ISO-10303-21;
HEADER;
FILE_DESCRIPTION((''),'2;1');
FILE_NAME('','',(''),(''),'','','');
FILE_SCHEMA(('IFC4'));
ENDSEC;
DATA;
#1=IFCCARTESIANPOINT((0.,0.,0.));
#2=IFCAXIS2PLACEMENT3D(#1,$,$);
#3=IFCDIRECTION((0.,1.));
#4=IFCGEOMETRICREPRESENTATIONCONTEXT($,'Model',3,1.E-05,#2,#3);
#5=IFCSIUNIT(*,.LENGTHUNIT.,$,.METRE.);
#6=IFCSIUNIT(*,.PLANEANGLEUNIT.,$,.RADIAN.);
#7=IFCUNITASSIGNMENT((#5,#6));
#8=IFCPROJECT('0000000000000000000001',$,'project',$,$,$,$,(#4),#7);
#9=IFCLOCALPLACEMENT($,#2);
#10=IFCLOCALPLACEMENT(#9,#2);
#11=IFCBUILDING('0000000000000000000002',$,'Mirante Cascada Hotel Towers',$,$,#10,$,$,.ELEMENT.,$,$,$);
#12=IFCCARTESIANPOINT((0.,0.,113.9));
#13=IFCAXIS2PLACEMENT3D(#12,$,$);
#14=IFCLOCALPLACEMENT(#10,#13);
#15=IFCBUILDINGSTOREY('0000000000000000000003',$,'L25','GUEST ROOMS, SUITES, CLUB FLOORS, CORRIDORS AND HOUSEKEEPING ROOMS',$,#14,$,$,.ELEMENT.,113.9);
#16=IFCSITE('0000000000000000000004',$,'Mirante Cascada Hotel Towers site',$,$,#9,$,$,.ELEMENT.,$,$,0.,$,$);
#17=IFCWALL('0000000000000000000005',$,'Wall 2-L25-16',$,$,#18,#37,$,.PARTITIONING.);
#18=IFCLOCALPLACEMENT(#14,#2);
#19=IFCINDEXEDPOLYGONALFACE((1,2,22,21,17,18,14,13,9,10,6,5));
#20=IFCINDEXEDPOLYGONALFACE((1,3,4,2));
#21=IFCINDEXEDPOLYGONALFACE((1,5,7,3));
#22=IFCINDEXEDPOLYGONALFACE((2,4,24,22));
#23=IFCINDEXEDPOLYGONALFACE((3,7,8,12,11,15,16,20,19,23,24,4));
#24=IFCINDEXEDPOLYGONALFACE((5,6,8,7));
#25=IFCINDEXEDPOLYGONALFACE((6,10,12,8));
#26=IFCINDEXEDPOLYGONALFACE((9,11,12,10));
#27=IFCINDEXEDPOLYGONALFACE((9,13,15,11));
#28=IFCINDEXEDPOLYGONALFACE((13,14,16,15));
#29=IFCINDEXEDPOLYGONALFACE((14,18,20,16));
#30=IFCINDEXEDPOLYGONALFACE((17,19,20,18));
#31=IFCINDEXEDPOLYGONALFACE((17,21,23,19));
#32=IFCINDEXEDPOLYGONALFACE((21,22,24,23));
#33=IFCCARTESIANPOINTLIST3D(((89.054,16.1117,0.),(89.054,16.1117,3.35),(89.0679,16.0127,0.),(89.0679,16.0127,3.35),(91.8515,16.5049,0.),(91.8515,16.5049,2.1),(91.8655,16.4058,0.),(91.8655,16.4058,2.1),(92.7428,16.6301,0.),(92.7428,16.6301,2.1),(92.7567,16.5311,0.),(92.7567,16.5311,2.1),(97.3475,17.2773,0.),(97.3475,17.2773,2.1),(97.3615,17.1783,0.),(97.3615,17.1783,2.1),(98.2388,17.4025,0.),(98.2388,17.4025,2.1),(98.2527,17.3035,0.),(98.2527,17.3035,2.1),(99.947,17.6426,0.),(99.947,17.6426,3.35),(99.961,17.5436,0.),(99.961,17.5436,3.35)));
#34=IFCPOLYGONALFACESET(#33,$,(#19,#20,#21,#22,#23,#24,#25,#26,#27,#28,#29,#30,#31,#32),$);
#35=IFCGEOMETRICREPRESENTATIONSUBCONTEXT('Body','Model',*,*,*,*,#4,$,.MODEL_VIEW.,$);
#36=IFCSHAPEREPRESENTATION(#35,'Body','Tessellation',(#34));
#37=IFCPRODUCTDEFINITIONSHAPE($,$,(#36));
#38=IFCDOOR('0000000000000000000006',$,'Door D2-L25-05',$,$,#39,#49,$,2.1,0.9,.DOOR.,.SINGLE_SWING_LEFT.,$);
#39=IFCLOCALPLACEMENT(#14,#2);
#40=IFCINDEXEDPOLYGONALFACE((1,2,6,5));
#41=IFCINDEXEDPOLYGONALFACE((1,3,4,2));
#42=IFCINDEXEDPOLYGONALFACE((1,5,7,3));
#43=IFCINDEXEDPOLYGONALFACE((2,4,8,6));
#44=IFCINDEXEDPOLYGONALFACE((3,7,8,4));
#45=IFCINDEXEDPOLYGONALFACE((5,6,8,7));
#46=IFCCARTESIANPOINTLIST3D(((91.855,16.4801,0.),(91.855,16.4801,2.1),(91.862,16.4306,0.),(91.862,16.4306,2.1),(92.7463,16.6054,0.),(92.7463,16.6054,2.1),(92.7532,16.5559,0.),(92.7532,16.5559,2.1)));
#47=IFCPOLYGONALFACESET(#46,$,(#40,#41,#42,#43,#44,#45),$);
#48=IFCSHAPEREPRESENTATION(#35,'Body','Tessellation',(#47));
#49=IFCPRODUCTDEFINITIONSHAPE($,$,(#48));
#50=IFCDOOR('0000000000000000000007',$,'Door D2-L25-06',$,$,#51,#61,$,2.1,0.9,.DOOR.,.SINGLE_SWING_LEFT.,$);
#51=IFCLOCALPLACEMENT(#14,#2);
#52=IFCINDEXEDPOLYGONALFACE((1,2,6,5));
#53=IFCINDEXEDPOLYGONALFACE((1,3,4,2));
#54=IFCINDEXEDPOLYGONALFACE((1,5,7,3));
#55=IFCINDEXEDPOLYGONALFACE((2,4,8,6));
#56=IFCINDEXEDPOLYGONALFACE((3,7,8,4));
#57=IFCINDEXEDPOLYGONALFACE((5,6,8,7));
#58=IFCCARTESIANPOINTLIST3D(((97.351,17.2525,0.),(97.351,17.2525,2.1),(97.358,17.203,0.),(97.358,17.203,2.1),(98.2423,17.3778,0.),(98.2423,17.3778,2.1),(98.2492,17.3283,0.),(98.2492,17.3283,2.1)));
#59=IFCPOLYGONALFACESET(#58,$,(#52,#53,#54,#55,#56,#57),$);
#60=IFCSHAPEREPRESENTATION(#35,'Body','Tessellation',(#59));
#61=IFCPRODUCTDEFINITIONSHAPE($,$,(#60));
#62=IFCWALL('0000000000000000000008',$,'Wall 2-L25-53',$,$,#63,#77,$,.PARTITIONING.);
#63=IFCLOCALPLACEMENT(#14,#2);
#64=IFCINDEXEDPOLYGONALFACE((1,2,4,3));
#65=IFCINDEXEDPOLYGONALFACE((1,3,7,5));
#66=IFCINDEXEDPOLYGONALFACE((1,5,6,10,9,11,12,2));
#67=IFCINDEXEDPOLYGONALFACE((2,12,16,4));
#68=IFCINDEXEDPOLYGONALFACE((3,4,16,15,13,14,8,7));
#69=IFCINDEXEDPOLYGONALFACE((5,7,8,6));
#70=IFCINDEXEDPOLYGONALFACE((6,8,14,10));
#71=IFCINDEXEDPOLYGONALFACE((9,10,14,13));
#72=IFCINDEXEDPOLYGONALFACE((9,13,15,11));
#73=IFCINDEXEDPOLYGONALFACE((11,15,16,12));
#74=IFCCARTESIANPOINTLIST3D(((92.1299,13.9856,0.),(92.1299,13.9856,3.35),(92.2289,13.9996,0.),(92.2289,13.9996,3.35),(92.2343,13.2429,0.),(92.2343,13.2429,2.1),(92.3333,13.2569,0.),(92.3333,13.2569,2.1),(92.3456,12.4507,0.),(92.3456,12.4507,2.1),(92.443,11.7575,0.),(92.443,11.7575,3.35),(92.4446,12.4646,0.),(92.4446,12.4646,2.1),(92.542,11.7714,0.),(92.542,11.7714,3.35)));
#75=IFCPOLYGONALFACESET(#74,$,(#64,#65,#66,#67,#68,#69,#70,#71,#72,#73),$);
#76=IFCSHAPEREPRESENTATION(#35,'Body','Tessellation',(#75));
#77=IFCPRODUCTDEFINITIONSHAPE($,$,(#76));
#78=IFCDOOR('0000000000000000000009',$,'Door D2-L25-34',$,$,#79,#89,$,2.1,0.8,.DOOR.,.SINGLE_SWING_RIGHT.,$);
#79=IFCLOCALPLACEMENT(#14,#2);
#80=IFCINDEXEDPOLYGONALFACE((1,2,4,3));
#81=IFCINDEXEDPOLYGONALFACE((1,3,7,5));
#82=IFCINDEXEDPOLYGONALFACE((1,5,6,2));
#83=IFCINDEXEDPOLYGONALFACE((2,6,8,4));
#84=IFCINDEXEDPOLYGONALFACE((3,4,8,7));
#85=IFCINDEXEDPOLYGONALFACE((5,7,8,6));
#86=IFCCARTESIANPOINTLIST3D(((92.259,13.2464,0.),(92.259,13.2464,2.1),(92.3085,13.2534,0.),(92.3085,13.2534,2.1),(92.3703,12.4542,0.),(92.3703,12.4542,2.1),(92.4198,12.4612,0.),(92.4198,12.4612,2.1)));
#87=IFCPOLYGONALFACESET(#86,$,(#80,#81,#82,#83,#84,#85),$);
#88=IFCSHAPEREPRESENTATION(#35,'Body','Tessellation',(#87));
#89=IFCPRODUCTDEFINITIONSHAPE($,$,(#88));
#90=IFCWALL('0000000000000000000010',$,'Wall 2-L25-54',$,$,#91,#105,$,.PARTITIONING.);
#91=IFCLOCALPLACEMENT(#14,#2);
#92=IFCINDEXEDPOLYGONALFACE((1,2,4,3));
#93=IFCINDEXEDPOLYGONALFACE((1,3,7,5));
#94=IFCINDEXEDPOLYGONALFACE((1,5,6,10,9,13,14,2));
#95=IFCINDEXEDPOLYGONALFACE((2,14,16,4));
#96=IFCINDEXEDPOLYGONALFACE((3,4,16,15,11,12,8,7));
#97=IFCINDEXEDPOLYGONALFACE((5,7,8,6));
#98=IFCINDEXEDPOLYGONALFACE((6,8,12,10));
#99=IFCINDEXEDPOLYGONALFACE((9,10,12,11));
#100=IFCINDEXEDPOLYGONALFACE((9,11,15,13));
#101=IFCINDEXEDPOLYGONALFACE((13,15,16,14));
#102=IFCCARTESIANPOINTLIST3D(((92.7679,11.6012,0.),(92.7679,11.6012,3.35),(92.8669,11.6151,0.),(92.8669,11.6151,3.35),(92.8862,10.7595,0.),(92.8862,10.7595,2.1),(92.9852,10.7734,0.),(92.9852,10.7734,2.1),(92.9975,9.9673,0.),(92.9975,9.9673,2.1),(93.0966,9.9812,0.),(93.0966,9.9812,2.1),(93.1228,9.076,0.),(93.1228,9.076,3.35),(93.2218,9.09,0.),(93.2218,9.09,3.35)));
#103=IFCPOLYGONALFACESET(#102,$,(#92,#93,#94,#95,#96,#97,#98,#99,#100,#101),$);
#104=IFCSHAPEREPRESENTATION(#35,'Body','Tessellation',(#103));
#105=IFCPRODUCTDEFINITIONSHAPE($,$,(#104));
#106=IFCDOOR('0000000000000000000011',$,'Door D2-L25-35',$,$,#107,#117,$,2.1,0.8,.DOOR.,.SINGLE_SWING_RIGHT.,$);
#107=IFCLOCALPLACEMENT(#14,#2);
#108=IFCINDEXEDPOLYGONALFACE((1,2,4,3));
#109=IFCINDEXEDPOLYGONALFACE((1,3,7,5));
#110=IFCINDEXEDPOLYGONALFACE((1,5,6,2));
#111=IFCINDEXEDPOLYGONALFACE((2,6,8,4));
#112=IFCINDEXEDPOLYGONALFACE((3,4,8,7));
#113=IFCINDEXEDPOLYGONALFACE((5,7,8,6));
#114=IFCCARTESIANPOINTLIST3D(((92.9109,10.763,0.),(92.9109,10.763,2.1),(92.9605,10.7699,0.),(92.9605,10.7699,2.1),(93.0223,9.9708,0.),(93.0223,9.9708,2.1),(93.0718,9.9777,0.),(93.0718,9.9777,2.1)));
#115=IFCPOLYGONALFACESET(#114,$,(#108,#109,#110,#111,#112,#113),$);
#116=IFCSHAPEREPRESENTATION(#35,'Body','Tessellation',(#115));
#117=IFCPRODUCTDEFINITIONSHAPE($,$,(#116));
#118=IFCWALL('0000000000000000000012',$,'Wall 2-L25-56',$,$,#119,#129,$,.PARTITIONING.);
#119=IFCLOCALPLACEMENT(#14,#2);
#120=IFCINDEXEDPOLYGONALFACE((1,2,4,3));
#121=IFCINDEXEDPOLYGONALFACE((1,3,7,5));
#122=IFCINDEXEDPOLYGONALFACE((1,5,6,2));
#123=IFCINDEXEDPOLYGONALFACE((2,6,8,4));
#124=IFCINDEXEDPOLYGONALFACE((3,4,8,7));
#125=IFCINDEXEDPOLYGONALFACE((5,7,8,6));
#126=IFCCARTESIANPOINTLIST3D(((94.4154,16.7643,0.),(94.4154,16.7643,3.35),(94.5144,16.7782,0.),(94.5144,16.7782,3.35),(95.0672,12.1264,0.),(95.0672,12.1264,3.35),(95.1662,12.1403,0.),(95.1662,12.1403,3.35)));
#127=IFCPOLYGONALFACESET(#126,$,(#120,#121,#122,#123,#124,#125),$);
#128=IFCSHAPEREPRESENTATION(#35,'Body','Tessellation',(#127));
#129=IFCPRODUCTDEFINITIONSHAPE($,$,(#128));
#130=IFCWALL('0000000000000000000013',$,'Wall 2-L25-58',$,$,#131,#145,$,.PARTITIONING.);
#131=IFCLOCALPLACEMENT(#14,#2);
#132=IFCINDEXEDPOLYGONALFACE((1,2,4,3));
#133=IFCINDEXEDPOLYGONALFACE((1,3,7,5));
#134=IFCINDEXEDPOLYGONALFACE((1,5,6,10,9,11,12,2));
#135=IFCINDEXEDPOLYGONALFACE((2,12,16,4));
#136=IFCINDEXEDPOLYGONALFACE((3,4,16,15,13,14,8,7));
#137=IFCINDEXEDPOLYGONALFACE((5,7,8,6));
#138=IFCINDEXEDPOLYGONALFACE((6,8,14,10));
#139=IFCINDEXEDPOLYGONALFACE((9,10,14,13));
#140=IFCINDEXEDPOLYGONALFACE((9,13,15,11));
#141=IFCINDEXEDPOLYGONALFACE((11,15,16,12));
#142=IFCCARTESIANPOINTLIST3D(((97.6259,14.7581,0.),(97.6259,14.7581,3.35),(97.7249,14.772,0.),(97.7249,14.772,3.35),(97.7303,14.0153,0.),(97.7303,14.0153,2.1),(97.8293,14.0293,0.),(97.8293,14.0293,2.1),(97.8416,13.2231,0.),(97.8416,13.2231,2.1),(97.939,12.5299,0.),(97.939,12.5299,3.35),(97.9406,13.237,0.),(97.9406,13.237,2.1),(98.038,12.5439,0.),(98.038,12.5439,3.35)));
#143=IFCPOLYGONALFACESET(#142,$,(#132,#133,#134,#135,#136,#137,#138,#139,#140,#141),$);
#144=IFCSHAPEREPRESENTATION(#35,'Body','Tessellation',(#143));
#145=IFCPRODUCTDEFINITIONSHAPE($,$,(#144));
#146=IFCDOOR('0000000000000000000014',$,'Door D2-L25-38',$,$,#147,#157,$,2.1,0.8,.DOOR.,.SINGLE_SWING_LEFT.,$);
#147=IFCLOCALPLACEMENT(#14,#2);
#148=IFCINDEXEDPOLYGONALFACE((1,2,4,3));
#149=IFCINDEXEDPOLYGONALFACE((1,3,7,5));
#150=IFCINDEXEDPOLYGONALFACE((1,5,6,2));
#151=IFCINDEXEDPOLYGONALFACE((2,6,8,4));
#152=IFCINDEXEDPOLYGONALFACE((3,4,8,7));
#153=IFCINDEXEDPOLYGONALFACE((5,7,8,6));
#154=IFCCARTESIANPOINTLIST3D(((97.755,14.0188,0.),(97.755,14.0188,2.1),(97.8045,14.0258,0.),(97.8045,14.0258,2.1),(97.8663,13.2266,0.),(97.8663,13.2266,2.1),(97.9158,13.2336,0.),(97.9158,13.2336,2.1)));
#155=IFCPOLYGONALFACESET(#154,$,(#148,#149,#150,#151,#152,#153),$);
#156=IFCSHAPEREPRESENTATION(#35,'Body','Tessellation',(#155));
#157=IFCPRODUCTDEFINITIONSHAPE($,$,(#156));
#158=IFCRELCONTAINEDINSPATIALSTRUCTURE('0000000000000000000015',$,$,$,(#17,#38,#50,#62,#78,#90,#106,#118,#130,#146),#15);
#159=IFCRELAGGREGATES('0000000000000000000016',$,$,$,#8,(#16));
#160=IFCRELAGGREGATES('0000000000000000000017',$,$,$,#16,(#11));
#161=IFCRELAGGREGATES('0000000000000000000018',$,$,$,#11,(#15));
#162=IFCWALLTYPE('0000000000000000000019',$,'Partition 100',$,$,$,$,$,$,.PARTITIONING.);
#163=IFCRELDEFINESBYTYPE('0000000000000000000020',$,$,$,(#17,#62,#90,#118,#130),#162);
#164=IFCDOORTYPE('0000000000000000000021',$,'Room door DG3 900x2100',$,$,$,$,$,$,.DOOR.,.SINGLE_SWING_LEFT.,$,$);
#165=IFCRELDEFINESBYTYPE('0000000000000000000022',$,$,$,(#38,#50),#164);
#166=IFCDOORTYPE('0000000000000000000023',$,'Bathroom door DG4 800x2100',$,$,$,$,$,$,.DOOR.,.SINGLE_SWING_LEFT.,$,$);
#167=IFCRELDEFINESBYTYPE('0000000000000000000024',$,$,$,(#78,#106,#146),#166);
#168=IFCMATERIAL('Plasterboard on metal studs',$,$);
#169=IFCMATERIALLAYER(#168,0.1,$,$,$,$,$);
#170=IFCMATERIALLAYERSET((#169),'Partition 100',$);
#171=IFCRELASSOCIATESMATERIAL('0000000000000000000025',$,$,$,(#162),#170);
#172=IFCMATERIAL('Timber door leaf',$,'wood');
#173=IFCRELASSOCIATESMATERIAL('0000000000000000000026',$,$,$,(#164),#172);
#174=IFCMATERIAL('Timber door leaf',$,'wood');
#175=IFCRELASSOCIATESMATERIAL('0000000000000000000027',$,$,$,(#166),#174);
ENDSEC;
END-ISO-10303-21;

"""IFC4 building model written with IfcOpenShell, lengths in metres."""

from ifc_helpers import new_model, si_unit, direction, frame, frame_2d, origin, place, context, subcontext, project, spatial, rectangle, extrude, material, layer, layer_set, type_object, element, fill, save


model = new_model("IFC4")

# Units and contexts
model_context = context("Model", 3, precision=1e-05, world=origin(), true_north=direction((0.0, 1.0)))
body_context = subcontext(model_context, "Body", "Model", "MODEL_VIEW")
ifc_project = project(units=[si_unit("LENGTHUNIT", "METRE"), si_unit("PLANEANGLEUNIT", "RADIAN")], contexts=[model_context])

# Site, building, storey
site_placement = place(None, origin())
site = spatial("IfcSite", under=ifc_project, at=site_placement, Name="Mirante Cascada Hotel Towers site", CompositionType="ELEMENT", RefElevation=0.0)
building_placement = place(site_placement, origin())
building = spatial("IfcBuilding", under=site, at=building_placement, Name="Mirante Cascada Hotel Towers", CompositionType="ELEMENT")
storey_placement = place(building_placement, frame((0.0, 0.0, 113.9)))
storey = spatial("IfcBuildingStorey", under=building, at=storey_placement, Name="L25", Description="GUEST ROOMS, SUITES, CLUB FLOORS, CORRIDORS AND HOUSEKEEPING ROOMS", CompositionType="ELEMENT", Elevation=113.9)

# Shared definitions
ifc_material_1 = material(Name="Plasterboard on metal studs")
ifc_layer_1 = layer(ifc_material_1, 0.1)
ifc_layer_set_1 = layer_set([ifc_layer_1], Name="Partition 100")
wall_type_1 = type_object("IfcWallType", Name="Partition 100", PredefinedType="PARTITIONING", material=ifc_layer_set_1)

# Wall, openings, doors
wall_1_placement = place(storey_placement, frame((89.061, 16.0622, 0.0), z_axis=(0.0, 0.0, 1.0), x_axis=(0.990268, 0.139172, 0.0)))
wall_1 = element("IfcWall", 1, at=wall_1_placement, inside=storey, type_object=wall_type_1, Name="Wall 2-L25-16", PredefinedType="PARTITIONING", context=body_context, shape_type="SweptSolid", body=[
    extrude(rectangle(XDim=11.0001, YDim=0.1, at=frame_2d((5.5, 0.0))), origin(), (0.0, 0.0, 1.0), 3.35),
])
opening_1_placement = place(wall_1_placement, frame((2.825, 0.0, 0.0)))
opening_1 = element("IfcOpeningElement", 2, at=opening_1_placement, cuts=wall_1, PredefinedType="OPENING", context=body_context, shape_type="SweptSolid", body=[
    extrude(rectangle(XDim=0.9, YDim=2.1, at=frame_2d((0.45, 1.05))), frame((0.0, 0.05, 0.0), z_axis=(0.0, -1.0, 0.0), x_axis=(1.0, 0.0, 0.0)), (0.0, 0.0, 1.0), 0.1),
])
opening_2_placement = place(wall_1_placement, frame((8.375, 0.0, 0.0)))
opening_2 = element("IfcOpeningElement", 3, at=opening_2_placement, cuts=wall_1, PredefinedType="OPENING", context=body_context, shape_type="SweptSolid", body=[
    extrude(rectangle(XDim=0.9, YDim=2.1, at=frame_2d((0.45, 1.05))), frame((0.0, 0.05, 0.0), z_axis=(0.0, -1.0, 0.0), x_axis=(1.0, 0.0, 0.0)), (0.0, 0.0, 1.0), 0.1),
])
ifc_material_2 = material(Name="Timber door leaf", Category="wood")
door_type_1 = type_object("IfcDoorType", Name="Room door DG3 900x2100", OperationType="SINGLE_SWING_LEFT", PredefinedType="DOOR", material=ifc_material_2)
door_1_placement = place(opening_1_placement, origin())
door_1 = element("IfcDoor", 4, at=door_1_placement, inside=storey, type_object=door_type_1, Name="Door D2-L25-05", OperationType="SINGLE_SWING_LEFT", OverallHeight=2.1, OverallWidth=0.9, PredefinedType="DOOR", context=body_context, shape_type="SweptSolid", body=[
    extrude(rectangle(XDim=0.9, YDim=2.1, at=frame_2d((0.45, 1.05))), frame((0.0, 0.025, 0.0), z_axis=(0.0, -1.0, 0.0), x_axis=(1.0, 0.0, 0.0)), (0.0, 0.0, 1.0), 0.05),
])
fill(opening_1, door_1)
door_2_placement = place(opening_2_placement, origin())
door_2 = element("IfcDoor", 5, at=door_2_placement, inside=storey, type_object=door_type_1, Name="Door D2-L25-06", OperationType="SINGLE_SWING_LEFT", OverallHeight=2.1, OverallWidth=0.9, PredefinedType="DOOR", context=body_context, shape_type="SweptSolid", body=[
    extrude(rectangle(XDim=0.9, YDim=2.1, at=frame_2d((0.45, 1.05))), frame((0.0, 0.025, 0.0), z_axis=(0.0, -1.0, 0.0), x_axis=(1.0, 0.0, 0.0)), (0.0, 0.0, 1.0), 0.05),
])
fill(opening_2, door_2)

# Walls, openings, doors
wall_2_placement = place(storey_placement, frame((92.1794, 13.9926, 0.0), z_axis=(0.0, 0.0, 1.0), x_axis=(0.139156, -0.990271, 0.0)))
wall_2 = element("IfcWall", 6, at=wall_2_placement, inside=storey, type_object=wall_type_1, Name="Wall 2-L25-53", PredefinedType="PARTITIONING", context=body_context, shape_type="SweptSolid", body=[
    extrude(rectangle(XDim=2.25, YDim=0.1, at=frame_2d((1.125, 0.0))), origin(), (0.0, 0.0, 1.0), 3.35),
])
opening_3_placement = place(wall_2_placement, frame((0.75, 0.0, 0.0)))
opening_3 = element("IfcOpeningElement", 7, at=opening_3_placement, cuts=wall_2, PredefinedType="OPENING", context=body_context, shape_type="SweptSolid", body=[
    extrude(rectangle(XDim=0.8, YDim=2.1, at=frame_2d((0.4, 1.05))), frame((0.0, 0.05, 0.0), z_axis=(0.0, -1.0, 0.0), x_axis=(1.0, 0.0, 0.0)), (0.0, 0.0, 1.0), 0.1),
])
ifc_material_3 = material(Name="Timber door leaf", Category="wood")
door_type_2 = type_object("IfcDoorType", Name="Bathroom door DG4 800x2100", OperationType="SINGLE_SWING_LEFT", PredefinedType="DOOR", material=ifc_material_3)
door_3_placement = place(opening_3_placement, frame((0.8, 0.0, 0.0), z_axis=(0.0, 0.0, 1.0), x_axis=(-1.0, 0.0, 0.0)))
door_3 = element("IfcDoor", 8, at=door_3_placement, inside=storey, type_object=door_type_2, Name="Door D2-L25-34", OperationType="SINGLE_SWING_RIGHT", OverallHeight=2.1, OverallWidth=0.8, PredefinedType="DOOR", context=body_context, shape_type="SweptSolid", body=[
    extrude(rectangle(XDim=0.8, YDim=2.1, at=frame_2d((0.4, 1.05))), frame((0.0, 0.025, 0.0), z_axis=(0.0, -1.0, 0.0), x_axis=(1.0, 0.0, 0.0)), (0.0, 0.0, 1.0), 0.05),
])
fill(opening_3, door_3)
wall_3_placement = place(storey_placement, frame((93.1723, 9.083, 0.0), z_axis=(0.0, 0.0, 1.0), x_axis=(-0.139176, 0.990268, 0.0)))
wall_3 = element("IfcWall", 9, at=wall_3_placement, inside=storey, type_object=wall_type_1, Name="Wall 2-L25-54", PredefinedType="PARTITIONING", context=body_context, shape_type="SweptSolid", body=[
    extrude(rectangle(XDim=2.55, YDim=0.1, at=frame_2d((1.275, 0.0))), origin(), (0.0, 0.0, 1.0), 3.35),
])
opening_4_placement = place(wall_3_placement, frame((0.9, 0.0, 0.0)))
opening_4 = element("IfcOpeningElement", 10, at=opening_4_placement, cuts=wall_3, PredefinedType="OPENING", context=body_context, shape_type="SweptSolid", body=[
    extrude(rectangle(XDim=0.8, YDim=2.1, at=frame_2d((0.4, 1.05))), frame((0.0, 0.05, 0.0), z_axis=(0.0, -1.0, 0.0), x_axis=(1.0, 0.0, 0.0)), (0.0, 0.0, 1.0), 0.1),
])
door_4_placement = place(opening_4_placement, frame((0.8, 0.0, 0.0), z_axis=(0.0, 0.0, 1.0), x_axis=(-1.0, 0.0, 0.0)))
door_4 = element("IfcDoor", 11, at=door_4_placement, inside=storey, type_object=door_type_2, Name="Door D2-L25-35", OperationType="SINGLE_SWING_RIGHT", OverallHeight=2.1, OverallWidth=0.8, PredefinedType="DOOR", context=body_context, shape_type="SweptSolid", body=[
    extrude(rectangle(XDim=0.8, YDim=2.1, at=frame_2d((0.4, 1.05))), frame((0.0, 0.025, 0.0), z_axis=(0.0, -1.0, 0.0), x_axis=(1.0, 0.0, 0.0)), (0.0, 0.0, 1.0), 0.05),
])
fill(opening_4, door_4)

# Wall
wall_4_placement = place(storey_placement, frame((95.1167, 12.1333, 0.0), z_axis=(0.0, 0.0, 1.0), x_axis=(-0.13917, 0.990268, 0.0)))
element("IfcWall", 12, at=wall_4_placement, inside=storey, type_object=wall_type_1, Name="Wall 2-L25-56", PredefinedType="PARTITIONING", context=body_context, shape_type="SweptSolid", body=[
    extrude(rectangle(XDim=4.6835, YDim=0.1, at=frame_2d((2.3418, 0.0))), origin(), (0.0, 0.0, 1.0), 3.35),
])

# Wall, opening, door
wall_5_placement = place(storey_placement, frame((97.9885, 12.5369, 0.0), z_axis=(0.0, 0.0, 1.0), x_axis=(-0.139156, 0.990271, 0.0)))
wall_5 = element("IfcWall", 13, at=wall_5_placement, inside=storey, type_object=wall_type_1, Name="Wall 2-L25-58", PredefinedType="PARTITIONING", context=body_context, shape_type="SweptSolid", body=[
    extrude(rectangle(XDim=2.25, YDim=0.1, at=frame_2d((1.125, 0.0))), origin(), (0.0, 0.0, 1.0), 3.35),
])
opening_5_placement = place(wall_5_placement, frame((0.7, 0.0, 0.0)))
opening_5 = element("IfcOpeningElement", 14, at=opening_5_placement, cuts=wall_5, PredefinedType="OPENING", context=body_context, shape_type="SweptSolid", body=[
    extrude(rectangle(XDim=0.8, YDim=2.1, at=frame_2d((0.4, 1.05))), frame((0.0, 0.05, 0.0), z_axis=(0.0, -1.0, 0.0), x_axis=(1.0, 0.0, 0.0)), (0.0, 0.0, 1.0), 0.1),
])
door_5_placement = place(opening_5_placement, origin())
door_5 = element("IfcDoor", 15, at=door_5_placement, inside=storey, type_object=door_type_2, Name="Door D2-L25-38", OperationType="SINGLE_SWING_LEFT", OverallHeight=2.1, OverallWidth=0.8, PredefinedType="DOOR", context=body_context, shape_type="SweptSolid", body=[
    extrude(rectangle(XDim=0.8, YDim=2.1, at=frame_2d((0.4, 1.05))), frame((0.0, 0.025, 0.0), z_axis=(0.0, -1.0, 0.0), x_axis=(1.0, 0.0, 0.0)), (0.0, 0.0, 1.0), 0.05),
])
fill(opening_5, door_5)

save(model, "model.ifc")
